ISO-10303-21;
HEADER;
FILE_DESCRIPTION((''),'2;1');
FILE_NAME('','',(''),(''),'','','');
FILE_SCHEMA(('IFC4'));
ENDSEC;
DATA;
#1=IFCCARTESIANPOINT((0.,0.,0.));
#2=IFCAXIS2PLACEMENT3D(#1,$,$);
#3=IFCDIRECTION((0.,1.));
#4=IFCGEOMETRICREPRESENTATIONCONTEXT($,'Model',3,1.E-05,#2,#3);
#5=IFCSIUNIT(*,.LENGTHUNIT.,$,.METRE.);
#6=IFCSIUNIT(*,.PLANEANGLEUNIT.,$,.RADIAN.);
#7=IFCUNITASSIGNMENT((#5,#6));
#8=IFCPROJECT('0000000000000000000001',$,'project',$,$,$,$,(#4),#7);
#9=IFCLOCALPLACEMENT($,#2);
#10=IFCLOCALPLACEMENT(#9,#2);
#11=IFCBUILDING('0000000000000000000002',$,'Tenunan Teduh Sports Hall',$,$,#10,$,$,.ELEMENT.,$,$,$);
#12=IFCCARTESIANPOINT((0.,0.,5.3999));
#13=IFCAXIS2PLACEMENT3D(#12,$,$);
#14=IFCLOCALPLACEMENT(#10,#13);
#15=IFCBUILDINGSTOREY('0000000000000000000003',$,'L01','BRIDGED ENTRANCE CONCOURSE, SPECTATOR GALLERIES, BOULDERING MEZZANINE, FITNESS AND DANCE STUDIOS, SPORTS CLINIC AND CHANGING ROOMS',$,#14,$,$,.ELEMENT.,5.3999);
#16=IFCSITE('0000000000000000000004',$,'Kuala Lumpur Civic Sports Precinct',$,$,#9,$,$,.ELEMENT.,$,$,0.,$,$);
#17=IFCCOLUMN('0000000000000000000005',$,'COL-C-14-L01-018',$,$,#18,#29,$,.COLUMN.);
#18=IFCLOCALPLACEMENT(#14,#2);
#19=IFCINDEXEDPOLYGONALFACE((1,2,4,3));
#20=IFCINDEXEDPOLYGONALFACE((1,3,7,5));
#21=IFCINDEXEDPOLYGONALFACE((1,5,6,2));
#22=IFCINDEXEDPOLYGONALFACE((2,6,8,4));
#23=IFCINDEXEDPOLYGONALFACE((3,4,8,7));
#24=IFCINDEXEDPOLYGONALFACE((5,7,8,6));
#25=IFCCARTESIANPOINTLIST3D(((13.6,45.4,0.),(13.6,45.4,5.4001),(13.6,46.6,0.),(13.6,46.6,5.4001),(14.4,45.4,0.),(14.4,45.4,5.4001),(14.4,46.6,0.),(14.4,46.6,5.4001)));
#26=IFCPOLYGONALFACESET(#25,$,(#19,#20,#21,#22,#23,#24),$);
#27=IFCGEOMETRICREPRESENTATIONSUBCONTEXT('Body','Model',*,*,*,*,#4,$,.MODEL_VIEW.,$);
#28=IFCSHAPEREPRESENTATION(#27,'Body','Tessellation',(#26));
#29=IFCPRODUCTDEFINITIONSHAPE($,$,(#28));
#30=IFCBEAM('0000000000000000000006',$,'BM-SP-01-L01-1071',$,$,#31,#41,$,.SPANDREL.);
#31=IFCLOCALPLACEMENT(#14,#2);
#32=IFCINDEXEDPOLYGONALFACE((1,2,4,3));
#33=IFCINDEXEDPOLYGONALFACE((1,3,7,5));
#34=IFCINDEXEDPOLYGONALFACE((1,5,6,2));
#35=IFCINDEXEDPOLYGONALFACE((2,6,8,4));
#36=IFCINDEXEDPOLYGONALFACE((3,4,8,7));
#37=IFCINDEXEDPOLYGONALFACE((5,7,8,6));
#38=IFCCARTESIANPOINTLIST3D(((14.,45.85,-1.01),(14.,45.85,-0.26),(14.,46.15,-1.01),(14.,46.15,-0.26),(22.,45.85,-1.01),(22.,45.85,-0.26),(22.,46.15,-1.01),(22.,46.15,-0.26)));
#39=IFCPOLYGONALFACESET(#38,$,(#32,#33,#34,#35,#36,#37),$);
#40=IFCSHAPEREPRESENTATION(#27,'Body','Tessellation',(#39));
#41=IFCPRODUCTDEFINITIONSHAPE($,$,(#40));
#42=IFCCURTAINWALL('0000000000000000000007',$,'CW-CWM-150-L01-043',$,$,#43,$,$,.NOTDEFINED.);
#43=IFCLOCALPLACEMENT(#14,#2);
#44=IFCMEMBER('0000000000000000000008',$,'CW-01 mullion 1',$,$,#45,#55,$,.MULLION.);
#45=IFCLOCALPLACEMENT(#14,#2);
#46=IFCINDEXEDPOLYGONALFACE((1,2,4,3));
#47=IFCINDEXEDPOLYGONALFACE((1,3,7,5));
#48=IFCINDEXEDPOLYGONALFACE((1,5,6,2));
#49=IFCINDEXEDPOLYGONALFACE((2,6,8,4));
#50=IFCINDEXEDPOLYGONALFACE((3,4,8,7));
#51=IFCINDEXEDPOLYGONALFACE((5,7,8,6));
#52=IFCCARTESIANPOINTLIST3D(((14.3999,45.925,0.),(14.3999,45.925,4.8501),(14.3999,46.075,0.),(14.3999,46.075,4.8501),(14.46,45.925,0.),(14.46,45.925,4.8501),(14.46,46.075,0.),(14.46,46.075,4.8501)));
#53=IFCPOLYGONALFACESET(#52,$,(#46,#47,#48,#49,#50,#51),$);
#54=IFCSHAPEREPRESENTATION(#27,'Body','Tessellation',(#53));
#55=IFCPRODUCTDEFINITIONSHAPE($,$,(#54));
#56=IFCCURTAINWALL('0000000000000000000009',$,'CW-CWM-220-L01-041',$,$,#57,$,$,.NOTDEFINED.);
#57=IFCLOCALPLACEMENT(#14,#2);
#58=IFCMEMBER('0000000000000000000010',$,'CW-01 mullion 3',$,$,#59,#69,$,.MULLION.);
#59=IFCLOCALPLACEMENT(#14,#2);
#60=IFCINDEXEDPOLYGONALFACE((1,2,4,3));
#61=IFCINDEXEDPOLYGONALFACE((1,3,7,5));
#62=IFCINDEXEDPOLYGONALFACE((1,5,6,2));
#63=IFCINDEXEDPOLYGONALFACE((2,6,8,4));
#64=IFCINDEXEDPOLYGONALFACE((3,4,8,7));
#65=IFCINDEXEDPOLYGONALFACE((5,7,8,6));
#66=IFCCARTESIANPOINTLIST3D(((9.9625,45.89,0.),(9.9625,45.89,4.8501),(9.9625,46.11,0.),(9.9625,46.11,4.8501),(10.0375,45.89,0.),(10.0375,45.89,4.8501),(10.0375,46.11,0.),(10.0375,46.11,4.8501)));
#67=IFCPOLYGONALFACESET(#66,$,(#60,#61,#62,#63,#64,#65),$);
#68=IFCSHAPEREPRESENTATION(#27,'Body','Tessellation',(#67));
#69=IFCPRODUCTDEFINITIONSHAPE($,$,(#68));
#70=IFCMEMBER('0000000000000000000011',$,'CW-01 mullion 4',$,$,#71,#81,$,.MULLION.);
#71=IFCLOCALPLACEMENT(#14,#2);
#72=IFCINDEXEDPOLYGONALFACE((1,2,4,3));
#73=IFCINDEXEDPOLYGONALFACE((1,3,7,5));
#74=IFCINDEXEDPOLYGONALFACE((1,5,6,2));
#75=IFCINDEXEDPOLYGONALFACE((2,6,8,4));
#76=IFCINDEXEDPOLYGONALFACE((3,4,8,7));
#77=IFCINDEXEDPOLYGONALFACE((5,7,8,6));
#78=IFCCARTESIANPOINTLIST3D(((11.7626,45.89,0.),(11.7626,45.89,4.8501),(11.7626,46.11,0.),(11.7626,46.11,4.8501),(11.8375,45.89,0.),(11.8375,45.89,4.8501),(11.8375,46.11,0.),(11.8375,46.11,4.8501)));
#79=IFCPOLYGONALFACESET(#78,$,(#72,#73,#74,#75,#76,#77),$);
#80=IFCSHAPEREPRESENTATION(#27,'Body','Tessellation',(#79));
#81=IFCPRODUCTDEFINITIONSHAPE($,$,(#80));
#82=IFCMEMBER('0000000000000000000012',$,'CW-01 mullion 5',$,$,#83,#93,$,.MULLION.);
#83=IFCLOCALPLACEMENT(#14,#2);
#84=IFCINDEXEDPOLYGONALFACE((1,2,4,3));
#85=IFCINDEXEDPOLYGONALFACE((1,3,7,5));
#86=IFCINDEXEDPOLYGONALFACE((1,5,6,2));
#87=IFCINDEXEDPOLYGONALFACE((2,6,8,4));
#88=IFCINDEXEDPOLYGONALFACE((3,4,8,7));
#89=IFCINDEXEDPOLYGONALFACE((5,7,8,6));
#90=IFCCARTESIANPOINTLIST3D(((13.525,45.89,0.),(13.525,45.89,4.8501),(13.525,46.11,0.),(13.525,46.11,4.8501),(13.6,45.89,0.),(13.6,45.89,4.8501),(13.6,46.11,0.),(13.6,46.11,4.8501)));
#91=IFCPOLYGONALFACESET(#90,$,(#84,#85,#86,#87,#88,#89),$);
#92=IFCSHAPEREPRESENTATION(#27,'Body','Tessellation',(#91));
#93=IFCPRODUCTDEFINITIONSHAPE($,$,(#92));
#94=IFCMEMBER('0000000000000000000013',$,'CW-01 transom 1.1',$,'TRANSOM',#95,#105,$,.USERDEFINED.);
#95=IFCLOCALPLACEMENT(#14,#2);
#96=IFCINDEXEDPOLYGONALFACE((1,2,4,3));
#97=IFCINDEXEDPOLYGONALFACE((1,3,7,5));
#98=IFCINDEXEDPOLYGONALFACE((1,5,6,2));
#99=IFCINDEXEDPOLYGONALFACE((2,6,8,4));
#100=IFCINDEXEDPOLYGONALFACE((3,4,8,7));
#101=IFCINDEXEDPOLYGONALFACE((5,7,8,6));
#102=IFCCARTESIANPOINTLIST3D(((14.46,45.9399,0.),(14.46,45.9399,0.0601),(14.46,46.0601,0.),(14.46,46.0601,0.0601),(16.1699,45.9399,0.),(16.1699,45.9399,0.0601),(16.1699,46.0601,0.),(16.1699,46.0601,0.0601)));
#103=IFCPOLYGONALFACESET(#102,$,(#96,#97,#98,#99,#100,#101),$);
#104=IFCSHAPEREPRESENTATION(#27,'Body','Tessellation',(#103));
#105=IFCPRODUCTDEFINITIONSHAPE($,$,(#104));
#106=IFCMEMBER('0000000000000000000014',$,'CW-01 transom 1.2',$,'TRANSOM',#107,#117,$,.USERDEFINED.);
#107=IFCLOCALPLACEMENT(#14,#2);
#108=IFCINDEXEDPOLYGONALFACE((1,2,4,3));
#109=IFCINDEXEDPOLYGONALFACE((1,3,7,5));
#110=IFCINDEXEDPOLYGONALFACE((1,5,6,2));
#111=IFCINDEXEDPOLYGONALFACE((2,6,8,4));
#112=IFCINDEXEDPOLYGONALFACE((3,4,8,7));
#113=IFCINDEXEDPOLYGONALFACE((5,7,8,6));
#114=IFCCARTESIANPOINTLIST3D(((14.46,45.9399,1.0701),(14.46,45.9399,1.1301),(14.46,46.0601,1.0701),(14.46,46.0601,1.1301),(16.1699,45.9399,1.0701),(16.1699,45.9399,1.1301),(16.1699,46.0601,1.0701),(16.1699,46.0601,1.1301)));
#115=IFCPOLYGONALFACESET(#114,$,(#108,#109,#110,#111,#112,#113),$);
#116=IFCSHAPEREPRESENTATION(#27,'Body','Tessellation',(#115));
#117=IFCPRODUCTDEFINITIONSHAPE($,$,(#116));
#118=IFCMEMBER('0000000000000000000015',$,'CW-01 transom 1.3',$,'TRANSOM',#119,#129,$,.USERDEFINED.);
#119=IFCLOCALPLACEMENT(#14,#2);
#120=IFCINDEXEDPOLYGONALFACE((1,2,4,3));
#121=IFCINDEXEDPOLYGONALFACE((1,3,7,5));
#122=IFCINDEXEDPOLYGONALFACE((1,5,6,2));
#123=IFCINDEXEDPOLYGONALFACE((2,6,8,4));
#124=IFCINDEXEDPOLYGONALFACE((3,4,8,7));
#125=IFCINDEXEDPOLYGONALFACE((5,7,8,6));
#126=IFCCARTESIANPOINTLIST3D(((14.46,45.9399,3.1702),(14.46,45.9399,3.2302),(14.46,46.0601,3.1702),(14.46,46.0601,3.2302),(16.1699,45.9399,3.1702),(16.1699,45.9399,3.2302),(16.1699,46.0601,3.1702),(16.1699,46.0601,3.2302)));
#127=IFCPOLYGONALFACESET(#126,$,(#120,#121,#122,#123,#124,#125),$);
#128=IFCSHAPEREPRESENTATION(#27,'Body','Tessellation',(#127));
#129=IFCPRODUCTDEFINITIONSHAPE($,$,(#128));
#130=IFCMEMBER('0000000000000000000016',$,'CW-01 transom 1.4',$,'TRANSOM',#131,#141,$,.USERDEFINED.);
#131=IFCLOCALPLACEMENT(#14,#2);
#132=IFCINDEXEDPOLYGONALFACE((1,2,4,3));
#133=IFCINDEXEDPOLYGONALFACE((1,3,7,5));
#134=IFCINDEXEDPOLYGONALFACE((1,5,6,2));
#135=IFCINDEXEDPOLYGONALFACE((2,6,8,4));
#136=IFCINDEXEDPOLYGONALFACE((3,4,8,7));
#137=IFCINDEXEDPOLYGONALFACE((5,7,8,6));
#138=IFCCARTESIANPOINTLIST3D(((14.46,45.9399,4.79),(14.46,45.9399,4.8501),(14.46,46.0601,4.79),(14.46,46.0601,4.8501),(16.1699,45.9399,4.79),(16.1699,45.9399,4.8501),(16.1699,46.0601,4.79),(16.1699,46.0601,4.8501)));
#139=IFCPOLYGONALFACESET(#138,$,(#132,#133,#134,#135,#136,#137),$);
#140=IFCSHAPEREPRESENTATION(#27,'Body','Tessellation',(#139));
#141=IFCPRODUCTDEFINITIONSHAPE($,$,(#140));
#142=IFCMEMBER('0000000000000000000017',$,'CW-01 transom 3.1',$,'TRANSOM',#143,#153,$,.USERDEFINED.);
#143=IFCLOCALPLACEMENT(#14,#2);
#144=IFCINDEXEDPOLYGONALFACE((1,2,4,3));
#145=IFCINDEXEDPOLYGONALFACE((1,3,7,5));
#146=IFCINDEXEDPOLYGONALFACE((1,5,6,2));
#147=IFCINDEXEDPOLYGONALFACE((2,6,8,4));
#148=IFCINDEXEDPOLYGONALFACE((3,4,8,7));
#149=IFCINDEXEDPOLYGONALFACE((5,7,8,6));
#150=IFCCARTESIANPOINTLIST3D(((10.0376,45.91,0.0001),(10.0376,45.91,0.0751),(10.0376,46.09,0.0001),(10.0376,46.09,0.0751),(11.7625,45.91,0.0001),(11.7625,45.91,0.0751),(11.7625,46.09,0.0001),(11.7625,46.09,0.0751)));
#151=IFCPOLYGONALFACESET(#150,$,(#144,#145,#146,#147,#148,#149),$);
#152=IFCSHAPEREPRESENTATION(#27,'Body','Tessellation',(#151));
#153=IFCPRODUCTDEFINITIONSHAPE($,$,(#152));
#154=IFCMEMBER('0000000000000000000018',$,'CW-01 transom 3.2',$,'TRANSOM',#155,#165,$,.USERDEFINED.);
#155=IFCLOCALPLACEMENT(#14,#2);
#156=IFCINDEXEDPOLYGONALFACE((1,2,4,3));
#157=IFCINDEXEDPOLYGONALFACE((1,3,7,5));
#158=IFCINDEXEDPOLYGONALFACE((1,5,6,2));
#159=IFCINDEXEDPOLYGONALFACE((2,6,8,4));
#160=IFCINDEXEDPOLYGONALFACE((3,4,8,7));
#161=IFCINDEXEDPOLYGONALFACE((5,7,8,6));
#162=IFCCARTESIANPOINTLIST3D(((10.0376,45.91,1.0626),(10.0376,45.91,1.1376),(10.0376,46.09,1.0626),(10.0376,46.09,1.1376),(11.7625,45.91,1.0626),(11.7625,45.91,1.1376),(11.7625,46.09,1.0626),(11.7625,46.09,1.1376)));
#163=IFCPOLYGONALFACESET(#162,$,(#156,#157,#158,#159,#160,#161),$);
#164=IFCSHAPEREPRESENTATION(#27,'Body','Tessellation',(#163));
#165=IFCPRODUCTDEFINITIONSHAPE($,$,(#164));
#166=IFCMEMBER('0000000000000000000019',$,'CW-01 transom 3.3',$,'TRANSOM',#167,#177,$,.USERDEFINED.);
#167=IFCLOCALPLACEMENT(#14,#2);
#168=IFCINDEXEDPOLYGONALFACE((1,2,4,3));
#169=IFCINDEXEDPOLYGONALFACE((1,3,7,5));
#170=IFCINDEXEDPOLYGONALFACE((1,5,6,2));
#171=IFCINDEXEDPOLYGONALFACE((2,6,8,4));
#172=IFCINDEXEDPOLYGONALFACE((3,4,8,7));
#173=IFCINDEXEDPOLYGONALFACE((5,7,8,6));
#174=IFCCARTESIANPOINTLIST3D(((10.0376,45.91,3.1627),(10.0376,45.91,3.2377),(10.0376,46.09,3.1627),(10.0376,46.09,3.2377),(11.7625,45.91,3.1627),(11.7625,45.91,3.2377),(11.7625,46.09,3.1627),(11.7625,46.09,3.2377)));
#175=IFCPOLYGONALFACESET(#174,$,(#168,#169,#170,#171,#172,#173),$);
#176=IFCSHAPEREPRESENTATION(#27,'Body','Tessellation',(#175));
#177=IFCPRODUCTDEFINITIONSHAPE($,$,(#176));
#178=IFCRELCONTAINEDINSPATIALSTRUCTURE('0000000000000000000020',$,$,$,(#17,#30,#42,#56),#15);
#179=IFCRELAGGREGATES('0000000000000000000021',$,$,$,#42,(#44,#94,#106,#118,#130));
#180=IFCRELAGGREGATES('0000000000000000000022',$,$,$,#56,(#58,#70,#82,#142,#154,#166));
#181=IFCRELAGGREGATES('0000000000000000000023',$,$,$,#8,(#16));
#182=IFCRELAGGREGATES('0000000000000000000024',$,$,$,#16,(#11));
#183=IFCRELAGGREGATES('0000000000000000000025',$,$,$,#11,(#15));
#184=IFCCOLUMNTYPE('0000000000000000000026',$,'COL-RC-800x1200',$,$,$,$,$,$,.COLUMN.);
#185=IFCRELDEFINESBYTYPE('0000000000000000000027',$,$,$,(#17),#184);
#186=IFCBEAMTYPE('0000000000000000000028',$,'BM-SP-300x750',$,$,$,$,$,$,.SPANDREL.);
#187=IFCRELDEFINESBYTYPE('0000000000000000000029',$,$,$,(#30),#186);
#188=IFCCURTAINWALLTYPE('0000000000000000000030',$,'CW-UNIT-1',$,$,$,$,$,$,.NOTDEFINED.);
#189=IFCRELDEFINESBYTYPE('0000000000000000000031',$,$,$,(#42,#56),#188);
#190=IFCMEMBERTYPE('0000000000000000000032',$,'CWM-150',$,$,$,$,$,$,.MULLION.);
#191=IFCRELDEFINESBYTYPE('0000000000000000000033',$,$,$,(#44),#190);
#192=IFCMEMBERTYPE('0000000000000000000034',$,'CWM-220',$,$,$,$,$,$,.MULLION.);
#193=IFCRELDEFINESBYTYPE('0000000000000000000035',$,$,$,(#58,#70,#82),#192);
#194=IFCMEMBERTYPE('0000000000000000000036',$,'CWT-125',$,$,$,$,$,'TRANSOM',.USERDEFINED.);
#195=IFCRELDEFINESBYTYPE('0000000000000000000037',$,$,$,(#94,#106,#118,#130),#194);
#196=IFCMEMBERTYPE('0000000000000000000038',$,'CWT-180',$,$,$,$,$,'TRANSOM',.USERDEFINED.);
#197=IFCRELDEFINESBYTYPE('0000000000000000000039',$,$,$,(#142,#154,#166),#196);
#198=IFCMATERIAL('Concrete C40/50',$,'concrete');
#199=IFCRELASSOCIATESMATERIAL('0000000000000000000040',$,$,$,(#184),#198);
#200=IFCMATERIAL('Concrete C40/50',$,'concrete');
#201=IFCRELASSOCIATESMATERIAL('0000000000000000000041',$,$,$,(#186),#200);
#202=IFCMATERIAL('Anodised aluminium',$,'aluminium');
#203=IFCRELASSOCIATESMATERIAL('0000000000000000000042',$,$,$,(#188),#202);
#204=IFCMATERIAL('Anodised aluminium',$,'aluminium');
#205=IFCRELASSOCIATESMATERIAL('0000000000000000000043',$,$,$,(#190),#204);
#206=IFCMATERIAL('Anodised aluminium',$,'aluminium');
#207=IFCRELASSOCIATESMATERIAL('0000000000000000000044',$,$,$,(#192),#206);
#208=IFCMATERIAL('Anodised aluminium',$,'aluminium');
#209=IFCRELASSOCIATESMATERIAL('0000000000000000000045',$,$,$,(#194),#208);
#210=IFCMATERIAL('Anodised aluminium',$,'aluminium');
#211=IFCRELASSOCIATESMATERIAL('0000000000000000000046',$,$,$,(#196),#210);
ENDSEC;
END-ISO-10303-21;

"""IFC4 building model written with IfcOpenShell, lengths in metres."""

from ifc_helpers import new_model, si_unit, direction, frame, origin, origin_2d, place, context, subcontext, project, spatial, rectangle, extrude, material, material_profile, profile_set, type_object, element, aggregate, save


model = new_model("IFC4")

# Units and contexts
model_context = context("Model", 3, precision=1e-05, world=origin(), true_north=direction((0.0, 1.0)))
body_context = subcontext(model_context, "Body", "Model", "MODEL_VIEW")
ifc_project = project(units=[si_unit("LENGTHUNIT", "METRE"), si_unit("PLANEANGLEUNIT", "RADIAN")], contexts=[model_context])

# Site, building, storey
site_placement = place(None, origin())
site = spatial("IfcSite", under=ifc_project, at=site_placement, Name="Kuala Lumpur Civic Sports Precinct", CompositionType="ELEMENT", RefElevation=0.0)
building_placement = place(site_placement, origin())
building = spatial("IfcBuilding", under=site, at=building_placement, Name="Tenunan Teduh Sports Hall", CompositionType="ELEMENT")
storey_placement = place(building_placement, frame((0.0, 0.0, 5.3999)))
storey = spatial("IfcBuildingStorey", under=building, at=storey_placement, Name="L01", Description="BRIDGED ENTRANCE CONCOURSE, SPECTATOR GALLERIES, BOULDERING MEZZANINE, FITNESS AND DANCE STUDIOS, SPORTS CLINIC AND CHANGING ROOMS", CompositionType="ELEMENT", Elevation=5.3999)

# Column
ifc_material_1 = material(Name="Concrete C40/50", Category="concrete")
ifc_material_profile_1 = material_profile(ifc_material_1, rectangle(XDim=0.8, YDim=1.2, at=origin_2d()), Name="RC 800x1200")
ifc_profile_set_1 = profile_set([ifc_material_profile_1], Name="Concrete C40/50")
column_type = type_object("IfcColumnType", Name="COL-RC-800x1200", PredefinedType="COLUMN", material=ifc_profile_set_1)
column_placement = place(storey_placement, frame((14.0, 46.0, 0.0), z_axis=(0.0, 0.0, 1.0), x_axis=(1.0, 0.0, 0.0)))
element("IfcColumn", 1, at=column_placement, inside=storey, type_object=column_type, Name="COL-C-14-L01-018", PredefinedType="COLUMN", context=body_context, shape_type="SweptSolid", body=[
    extrude(rectangle(XDim=0.8, YDim=1.2, at=origin_2d()), origin(), (0.0, 0.0, 1.0), 5.4001),
])

# Beam
ifc_material_2 = material(Name="Concrete C40/50", Category="concrete")
ifc_material_profile_2 = material_profile(ifc_material_2, rectangle(XDim=0.3, YDim=0.75, at=origin_2d()), Name="SPB 300x750")
ifc_profile_set_2 = profile_set([ifc_material_profile_2], Name="Concrete C40/50")
beam_type_1 = type_object("IfcBeamType", Name="BM-SP-300x750", PredefinedType="SPANDREL", material=ifc_profile_set_2)
beam_1_placement = place(storey_placement, frame((14.0, 46.0, -0.635), z_axis=(1.0, 0.0, 0.0), x_axis=(0.0, 1.0, 0.0)))
element("IfcBeam", 2, at=beam_1_placement, inside=storey, type_object=beam_type_1, Name="BM-SP-01-L01-1071", PredefinedType="SPANDREL", context=body_context, shape_type="SweptSolid", body=[
    extrude(rectangle(XDim=0.3, YDim=0.75, at=origin_2d()), origin(), (0.0, 0.0, 1.0), 8.0),
])

# Curtain wall, member
ifc_material_3 = material(Name="Anodised aluminium", Category="aluminium")
curtain_wall_type = type_object("IfcCurtainWallType", Name="CW-UNIT-1", PredefinedType="NOTDEFINED", material=ifc_material_3)
curtain_wall_1_placement = place(storey_placement, origin())
curtain_wall_1 = element("IfcCurtainWall", 3, at=curtain_wall_1_placement, inside=storey, type_object=curtain_wall_type, Name="CW-CWM-150-L01-043", PredefinedType="NOTDEFINED")
ifc_material_4 = material(Name="Anodised aluminium", Category="aluminium")
ifc_material_profile_3 = material_profile(ifc_material_4, rectangle(XDim=0.0601, YDim=0.1499, at=origin_2d()), Name="CWM 60x150")
ifc_profile_set_3 = profile_set([ifc_material_profile_3], Name="Anodised aluminium")
member_type_1 = type_object("IfcMemberType", Name="CWM-150", PredefinedType="MULLION", material=ifc_profile_set_3)
member_1_placement = place(storey_placement, frame((14.4299, 46.0, 0.0), z_axis=(0.0, 0.0, 1.0), x_axis=(1.0, 0.0, 0.0)))
member_1 = element("IfcMember", 4, at=member_1_placement, type_object=member_type_1, Name="CW-01 mullion 1", PredefinedType="MULLION", context=body_context, shape_type="SweptSolid", body=[
    extrude(rectangle(XDim=0.0601, YDim=0.1499, at=origin_2d()), origin(), (0.0, 0.0, 1.0), 4.8501),
])

# Curtain wall, members
curtain_wall_2_placement = place(storey_placement, origin())
curtain_wall_2 = element("IfcCurtainWall", 5, at=curtain_wall_2_placement, inside=storey, type_object=curtain_wall_type, Name="CW-CWM-220-L01-041", PredefinedType="NOTDEFINED")
ifc_material_5 = material(Name="Anodised aluminium", Category="aluminium")
ifc_material_profile_4 = material_profile(ifc_material_5, rectangle(XDim=0.075, YDim=0.22, at=origin_2d()), Name="CWM 75x220")
ifc_profile_set_4 = profile_set([ifc_material_profile_4], Name="Anodised aluminium")
member_type_2 = type_object("IfcMemberType", Name="CWM-220", PredefinedType="MULLION", material=ifc_profile_set_4)
member_2_placement = place(storey_placement, frame((10.0, 46.0, 0.0), z_axis=(0.0, 0.0, 1.0), x_axis=(1.0, 0.0, 0.0)))
member_2 = element("IfcMember", 6, at=member_2_placement, type_object=member_type_2, Name="CW-01 mullion 3", PredefinedType="MULLION", context=body_context, shape_type="SweptSolid", body=[
    extrude(rectangle(XDim=0.075, YDim=0.22, at=origin_2d()), origin(), (0.0, 0.0, 1.0), 4.8501),
])
member_3_placement = place(storey_placement, frame((11.8, 46.0, 0.0), z_axis=(0.0, 0.0, 1.0), x_axis=(1.0, 0.0, 0.0)))
member_3 = element("IfcMember", 7, at=member_3_placement, type_object=member_type_2, Name="CW-01 mullion 4", PredefinedType="MULLION", context=body_context, shape_type="SweptSolid", body=[
    extrude(rectangle(XDim=0.075, YDim=0.22, at=origin_2d()), origin(), (0.0, 0.0, 1.0), 4.8501),
])
member_4_placement = place(storey_placement, frame((13.5625, 46.0, 0.0), z_axis=(0.0, 0.0, 1.0), x_axis=(1.0, 0.0, 0.0)))
member_4 = element("IfcMember", 8, at=member_4_placement, type_object=member_type_2, Name="CW-01 mullion 5", PredefinedType="MULLION", context=body_context, shape_type="SweptSolid", body=[
    extrude(rectangle(XDim=0.075, YDim=0.22, at=origin_2d()), origin(), (0.0, 0.0, 1.0), 4.8501),
])

# Members
ifc_material_6 = material(Name="Anodised aluminium", Category="aluminium")
ifc_material_profile_5 = material_profile(ifc_material_6, rectangle(XDim=0.0601, YDim=0.1201, at=origin_2d()), Name="CWT 60x120")
ifc_profile_set_5 = profile_set([ifc_material_profile_5], Name="Anodised aluminium")
member_type_3 = type_object("IfcMemberType", Name="CWT-125", ElementType="TRANSOM", PredefinedType="USERDEFINED", material=ifc_profile_set_5)
member_5_placement = place(storey_placement, frame((14.46, 46.0, 0.03), z_axis=(1.0, 0.0, 0.0), x_axis=(0.0, 0.0, 1.0)))
member_5 = element("IfcMember", 9, at=member_5_placement, type_object=member_type_3, Name="CW-01 transom 1.1", ObjectType="TRANSOM", PredefinedType="USERDEFINED", context=body_context, shape_type="SweptSolid", body=[
    extrude(rectangle(XDim=0.0601, YDim=0.1201, at=origin_2d()), origin(), (0.0, 0.0, 1.0), 1.71),
])
member_6_placement = place(storey_placement, frame((14.46, 46.0, 1.1001), z_axis=(1.0, 0.0, 0.0), x_axis=(0.0, 0.0, 1.0)))
member_6 = element("IfcMember", 10, at=member_6_placement, type_object=member_type_3, Name="CW-01 transom 1.2", ObjectType="TRANSOM", PredefinedType="USERDEFINED", context=body_context, shape_type="SweptSolid", body=[
    extrude(rectangle(XDim=0.0601, YDim=0.1201, at=origin_2d()), origin(), (0.0, 0.0, 1.0), 1.71),
])
member_7_placement = place(storey_placement, frame((14.46, 46.0, 3.2002), z_axis=(1.0, 0.0, 0.0), x_axis=(0.0, 0.0, 1.0)))
member_7 = element("IfcMember", 11, at=member_7_placement, type_object=member_type_3, Name="CW-01 transom 1.3", ObjectType="TRANSOM", PredefinedType="USERDEFINED", context=body_context, shape_type="SweptSolid", body=[
    extrude(rectangle(XDim=0.0601, YDim=0.1201, at=origin_2d()), origin(), (0.0, 0.0, 1.0), 1.71),
])
member_8_placement = place(storey_placement, frame((14.46, 46.0, 4.8201), z_axis=(1.0, 0.0, 0.0), x_axis=(0.0, 0.0, 1.0)))
member_8 = element("IfcMember", 12, at=member_8_placement, type_object=member_type_3, Name="CW-01 transom 1.4", ObjectType="TRANSOM", PredefinedType="USERDEFINED", context=body_context, shape_type="SweptSolid", body=[
    extrude(rectangle(XDim=0.0601, YDim=0.1201, at=origin_2d()), origin(), (0.0, 0.0, 1.0), 1.71),
])
aggregate(curtain_wall_1, [member_1, member_5, member_6, member_7, member_8])
ifc_material_7 = material(Name="Anodised aluminium", Category="aluminium")
ifc_material_profile_6 = material_profile(ifc_material_7, rectangle(XDim=0.075, YDim=0.1799, at=origin_2d()), Name="CWT 75x180")
ifc_profile_set_6 = profile_set([ifc_material_profile_6], Name="Anodised aluminium")
member_type_4 = type_object("IfcMemberType", Name="CWT-180", ElementType="TRANSOM", PredefinedType="USERDEFINED", material=ifc_profile_set_6)
member_9_placement = place(storey_placement, frame((10.0376, 46.0, 0.0376), z_axis=(1.0, 0.0, 0.0), x_axis=(0.0, 0.0, 1.0)))
member_9 = element("IfcMember", 13, at=member_9_placement, type_object=member_type_4, Name="CW-01 transom 3.1", ObjectType="TRANSOM", PredefinedType="USERDEFINED", context=body_context, shape_type="SweptSolid", body=[
    extrude(rectangle(XDim=0.075, YDim=0.1799, at=origin_2d()), origin(), (0.0, 0.0, 1.0), 1.7249),
])
member_10_placement = place(storey_placement, frame((10.0376, 46.0, 1.1001), z_axis=(1.0, 0.0, 0.0), x_axis=(0.0, 0.0, 1.0)))
member_10 = element("IfcMember", 14, at=member_10_placement, type_object=member_type_4, Name="CW-01 transom 3.2", ObjectType="TRANSOM", PredefinedType="USERDEFINED", context=body_context, shape_type="SweptSolid", body=[
    extrude(rectangle(XDim=0.075, YDim=0.1799, at=origin_2d()), origin(), (0.0, 0.0, 1.0), 1.7249),
])
member_11_placement = place(storey_placement, frame((10.0376, 46.0, 3.2002), z_axis=(1.0, 0.0, 0.0), x_axis=(0.0, 0.0, 1.0)))
member_11 = element("IfcMember", 15, at=member_11_placement, type_object=member_type_4, Name="CW-01 transom 3.3", ObjectType="TRANSOM", PredefinedType="USERDEFINED", context=body_context, shape_type="SweptSolid", body=[
    extrude(rectangle(XDim=0.075, YDim=0.1799, at=origin_2d()), origin(), (0.0, 0.0, 1.0), 1.7249),
])

aggregate(curtain_wall_2, [member_2, member_3, member_4, member_9, member_10, member_11])

save(model, "model.ifc")
